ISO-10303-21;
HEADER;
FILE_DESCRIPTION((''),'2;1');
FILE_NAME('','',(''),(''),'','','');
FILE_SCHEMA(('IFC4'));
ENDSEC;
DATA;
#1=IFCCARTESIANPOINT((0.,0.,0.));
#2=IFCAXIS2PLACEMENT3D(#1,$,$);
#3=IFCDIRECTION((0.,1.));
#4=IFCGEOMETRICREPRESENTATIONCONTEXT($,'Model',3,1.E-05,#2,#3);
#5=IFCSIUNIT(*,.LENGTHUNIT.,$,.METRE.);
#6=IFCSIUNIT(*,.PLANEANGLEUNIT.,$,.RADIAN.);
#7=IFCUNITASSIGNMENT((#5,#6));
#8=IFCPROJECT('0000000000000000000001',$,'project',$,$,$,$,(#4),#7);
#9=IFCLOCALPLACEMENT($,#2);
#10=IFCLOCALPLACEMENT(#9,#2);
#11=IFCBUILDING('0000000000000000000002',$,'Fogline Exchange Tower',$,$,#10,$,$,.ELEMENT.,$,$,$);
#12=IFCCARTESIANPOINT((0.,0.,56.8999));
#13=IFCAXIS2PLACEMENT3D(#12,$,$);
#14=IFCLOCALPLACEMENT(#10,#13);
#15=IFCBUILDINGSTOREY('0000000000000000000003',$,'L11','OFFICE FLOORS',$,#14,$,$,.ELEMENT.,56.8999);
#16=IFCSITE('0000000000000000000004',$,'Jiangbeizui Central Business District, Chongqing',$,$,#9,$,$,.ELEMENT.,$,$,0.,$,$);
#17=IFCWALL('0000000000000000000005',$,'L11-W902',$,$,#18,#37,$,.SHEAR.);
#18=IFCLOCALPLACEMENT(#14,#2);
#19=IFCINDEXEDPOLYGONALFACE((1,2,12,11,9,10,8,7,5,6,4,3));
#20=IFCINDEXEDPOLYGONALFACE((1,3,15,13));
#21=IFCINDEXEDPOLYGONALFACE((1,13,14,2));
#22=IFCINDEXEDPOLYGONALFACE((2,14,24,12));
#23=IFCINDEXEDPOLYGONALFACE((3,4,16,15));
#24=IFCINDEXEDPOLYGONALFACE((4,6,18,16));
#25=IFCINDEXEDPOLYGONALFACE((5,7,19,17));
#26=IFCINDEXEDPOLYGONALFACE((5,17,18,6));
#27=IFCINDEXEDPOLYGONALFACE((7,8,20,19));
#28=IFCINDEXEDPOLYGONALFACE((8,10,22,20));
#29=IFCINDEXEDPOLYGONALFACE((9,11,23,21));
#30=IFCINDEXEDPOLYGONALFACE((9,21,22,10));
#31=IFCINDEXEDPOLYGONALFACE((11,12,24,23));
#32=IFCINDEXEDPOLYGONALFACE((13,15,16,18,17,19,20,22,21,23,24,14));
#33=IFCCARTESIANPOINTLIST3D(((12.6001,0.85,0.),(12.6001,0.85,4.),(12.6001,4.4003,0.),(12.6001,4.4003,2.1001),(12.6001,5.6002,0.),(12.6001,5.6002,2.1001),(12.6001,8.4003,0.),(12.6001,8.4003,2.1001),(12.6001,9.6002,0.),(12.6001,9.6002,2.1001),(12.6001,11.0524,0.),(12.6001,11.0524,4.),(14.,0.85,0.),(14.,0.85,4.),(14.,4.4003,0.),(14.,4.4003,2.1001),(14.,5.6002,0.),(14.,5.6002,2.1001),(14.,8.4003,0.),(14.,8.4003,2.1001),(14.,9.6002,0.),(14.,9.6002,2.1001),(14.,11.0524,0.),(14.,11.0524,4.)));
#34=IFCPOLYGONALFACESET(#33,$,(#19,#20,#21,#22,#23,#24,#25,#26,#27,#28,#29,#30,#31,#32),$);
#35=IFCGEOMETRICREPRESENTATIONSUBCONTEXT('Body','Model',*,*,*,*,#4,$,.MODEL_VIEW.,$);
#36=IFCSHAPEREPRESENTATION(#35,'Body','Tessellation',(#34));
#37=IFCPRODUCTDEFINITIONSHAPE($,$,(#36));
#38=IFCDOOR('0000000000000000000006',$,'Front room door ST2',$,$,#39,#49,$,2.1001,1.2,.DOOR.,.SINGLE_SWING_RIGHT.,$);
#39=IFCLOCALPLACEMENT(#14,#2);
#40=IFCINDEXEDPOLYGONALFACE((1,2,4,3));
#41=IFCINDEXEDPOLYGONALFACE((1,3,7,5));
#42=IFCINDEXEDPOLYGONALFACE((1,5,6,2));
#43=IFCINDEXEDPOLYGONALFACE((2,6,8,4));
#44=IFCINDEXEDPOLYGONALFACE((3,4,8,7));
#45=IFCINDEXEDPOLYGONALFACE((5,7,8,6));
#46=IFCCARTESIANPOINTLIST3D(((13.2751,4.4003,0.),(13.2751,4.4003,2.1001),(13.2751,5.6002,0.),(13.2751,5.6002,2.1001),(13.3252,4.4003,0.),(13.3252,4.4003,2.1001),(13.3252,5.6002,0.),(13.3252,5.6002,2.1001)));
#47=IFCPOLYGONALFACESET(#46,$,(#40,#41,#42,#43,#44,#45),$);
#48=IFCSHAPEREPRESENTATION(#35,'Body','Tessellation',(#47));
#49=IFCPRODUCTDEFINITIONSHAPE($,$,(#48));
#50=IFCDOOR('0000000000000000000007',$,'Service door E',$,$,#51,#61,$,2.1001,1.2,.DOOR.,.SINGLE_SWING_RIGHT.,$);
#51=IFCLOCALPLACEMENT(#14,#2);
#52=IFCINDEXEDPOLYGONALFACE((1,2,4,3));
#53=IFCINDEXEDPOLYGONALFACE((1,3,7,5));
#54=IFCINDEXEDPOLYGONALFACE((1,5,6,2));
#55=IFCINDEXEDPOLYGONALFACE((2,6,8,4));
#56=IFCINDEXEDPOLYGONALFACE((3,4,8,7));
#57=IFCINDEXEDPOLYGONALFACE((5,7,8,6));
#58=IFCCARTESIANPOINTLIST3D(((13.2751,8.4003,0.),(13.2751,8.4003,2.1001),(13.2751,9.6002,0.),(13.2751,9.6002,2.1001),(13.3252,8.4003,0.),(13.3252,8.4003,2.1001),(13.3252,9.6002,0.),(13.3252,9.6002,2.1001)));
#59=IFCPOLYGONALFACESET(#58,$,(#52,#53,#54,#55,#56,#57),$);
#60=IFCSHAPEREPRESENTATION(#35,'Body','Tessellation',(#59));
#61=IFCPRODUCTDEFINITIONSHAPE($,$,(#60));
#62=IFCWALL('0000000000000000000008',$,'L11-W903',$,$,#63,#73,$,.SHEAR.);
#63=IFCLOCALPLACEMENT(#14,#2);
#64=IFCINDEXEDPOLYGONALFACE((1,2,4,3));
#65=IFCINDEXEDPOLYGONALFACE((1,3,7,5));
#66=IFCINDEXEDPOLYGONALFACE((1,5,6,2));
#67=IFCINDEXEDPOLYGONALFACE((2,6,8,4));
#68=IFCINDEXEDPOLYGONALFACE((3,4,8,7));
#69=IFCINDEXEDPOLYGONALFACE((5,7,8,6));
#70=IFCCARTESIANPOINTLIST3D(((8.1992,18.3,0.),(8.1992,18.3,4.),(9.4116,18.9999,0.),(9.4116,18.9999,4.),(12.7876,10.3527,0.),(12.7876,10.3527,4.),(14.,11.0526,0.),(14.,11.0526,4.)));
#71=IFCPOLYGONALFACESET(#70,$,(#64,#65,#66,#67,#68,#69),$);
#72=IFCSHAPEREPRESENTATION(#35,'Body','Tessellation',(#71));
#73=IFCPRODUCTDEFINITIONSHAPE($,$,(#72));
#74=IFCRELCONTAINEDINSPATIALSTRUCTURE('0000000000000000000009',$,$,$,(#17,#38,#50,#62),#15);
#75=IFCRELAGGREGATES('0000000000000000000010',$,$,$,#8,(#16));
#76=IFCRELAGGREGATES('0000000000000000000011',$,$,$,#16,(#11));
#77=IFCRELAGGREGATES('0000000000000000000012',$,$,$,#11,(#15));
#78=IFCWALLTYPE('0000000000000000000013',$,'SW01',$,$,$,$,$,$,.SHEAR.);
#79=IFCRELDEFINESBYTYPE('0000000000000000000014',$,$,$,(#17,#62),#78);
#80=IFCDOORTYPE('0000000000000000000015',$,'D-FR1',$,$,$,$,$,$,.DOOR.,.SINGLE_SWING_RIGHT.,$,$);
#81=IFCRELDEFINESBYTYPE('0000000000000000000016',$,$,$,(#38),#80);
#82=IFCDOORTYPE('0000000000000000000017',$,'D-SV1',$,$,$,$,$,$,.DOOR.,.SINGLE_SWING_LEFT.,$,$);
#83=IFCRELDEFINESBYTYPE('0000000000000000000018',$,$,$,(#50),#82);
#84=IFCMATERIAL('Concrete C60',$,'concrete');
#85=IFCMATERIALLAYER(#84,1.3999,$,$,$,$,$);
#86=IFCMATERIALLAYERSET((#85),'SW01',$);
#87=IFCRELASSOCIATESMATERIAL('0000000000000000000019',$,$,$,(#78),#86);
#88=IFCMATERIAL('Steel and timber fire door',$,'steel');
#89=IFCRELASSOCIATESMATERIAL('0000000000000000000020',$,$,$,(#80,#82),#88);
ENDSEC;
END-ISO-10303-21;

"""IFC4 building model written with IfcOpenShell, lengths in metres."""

from ifc_helpers import new_model, si_unit, direction, frame, frame_2d, origin, place, context, subcontext, project, spatial, rectangle, extrude, material, layer, layer_set, type_object, element, fill, save


model = new_model("IFC4")

# Units and contexts
model_context = context("Model", 3, precision=1e-05, world=origin(), true_north=direction((0.0, 1.0)))
body_context = subcontext(model_context, "Body", "Model", "MODEL_VIEW")
ifc_project = project(units=[si_unit("LENGTHUNIT", "METRE"), si_unit("PLANEANGLEUNIT", "RADIAN")], contexts=[model_context])

# Site, building, storey
site_placement = place(None, origin())
site = spatial("IfcSite", under=ifc_project, at=site_placement, Name="Jiangbeizui Central Business District, Chongqing", CompositionType="ELEMENT", RefElevation=0.0)
building_placement = place(site_placement, origin())
building = spatial("IfcBuilding", under=site, at=building_placement, Name="Fogline Exchange Tower", CompositionType="ELEMENT")
storey_placement = place(building_placement, frame((0.0, 0.0, 56.8999)))
storey = spatial("IfcBuildingStorey", under=building, at=storey_placement, Name="L11", Description="OFFICE FLOORS", CompositionType="ELEMENT", Elevation=56.8999)

# Shared definitions
ifc_material_1 = material(Name="Steel and timber fire door", Category="steel")

# Wall, openings, doors
ifc_material_2 = material(Name="Concrete C60", Category="concrete")
ifc_layer_1 = layer(ifc_material_2, 1.3999)
ifc_layer_set_1 = layer_set([ifc_layer_1], Name="SW01")
wall_type_1 = type_object("IfcWallType", Name="SW01", PredefinedType="SHEAR", material=ifc_layer_set_1)
wall_1_placement = place(storey_placement, frame((13.3, 0.8501, 0.0), z_axis=(0.0, 0.0, 1.0), x_axis=(0.0, 1.0, 0.0)))
wall_1 = element("IfcWall", 1, at=wall_1_placement, inside=storey, type_object=wall_type_1, Name="L11-W902", PredefinedType="SHEAR", context=body_context, shape_type="SweptSolid", body=[
    extrude(rectangle(XDim=10.2024, YDim=1.3999, at=frame_2d((5.1011, 0.0))), origin(), (0.0, 0.0, 1.0), 4.0),
])
opening_1_placement = place(wall_1_placement, frame((3.55, 0.0, 0.0)))
opening_1 = element("IfcOpeningElement", 2, at=opening_1_placement, cuts=wall_1, PredefinedType="OPENING", context=body_context, shape_type="SweptSolid", body=[
    extrude(rectangle(XDim=1.2, YDim=2.1001, at=frame_2d((0.6001, 1.05))), frame((0.0, 0.71, 0.0), z_axis=(0.0, -1.0, 0.0), x_axis=(1.0, 0.0, 0.0)), (0.0, 0.0, 1.0), 1.4199),
])
opening_2_placement = place(wall_1_placement, frame((7.55, 0.0, 0.0)))
opening_2 = element("IfcOpeningElement", 3, at=opening_2_placement, cuts=wall_1, PredefinedType="OPENING", context=body_context, shape_type="SweptSolid", body=[
    extrude(rectangle(XDim=1.2, YDim=2.1001, at=frame_2d((0.6001, 1.05))), frame((0.0, 0.71, 0.0), z_axis=(0.0, -1.0, 0.0), x_axis=(1.0, 0.0, 0.0)), (0.0, 0.0, 1.0), 1.4199),
])
door_type_1 = type_object("IfcDoorType", Name="D-FR1", OperationType="SINGLE_SWING_RIGHT", PredefinedType="DOOR", material=ifc_material_1)
door_1_placement = place(opening_1_placement, origin())
door_1 = element("IfcDoor", 4, at=door_1_placement, inside=storey, type_object=door_type_1, Name="Front room door ST2", OperationType="SINGLE_SWING_RIGHT", OverallHeight=2.1001, OverallWidth=1.2, PredefinedType="DOOR", context=body_context, shape_type="SweptSolid", body=[
    extrude(rectangle(XDim=1.2, YDim=2.1001, at=frame_2d((0.6001, 1.05))), frame((0.0, 0.0249, 0.0), z_axis=(0.0, -1.0, 0.0), x_axis=(1.0, 0.0, 0.0)), (0.0, 0.0, 1.0), 0.05),
])
fill(opening_1, door_1)
door_type_2 = type_object("IfcDoorType", Name="D-SV1", OperationType="SINGLE_SWING_LEFT", PredefinedType="DOOR", material=ifc_material_1)
door_2_placement = place(opening_2_placement, origin())
door_2 = element("IfcDoor", 5, at=door_2_placement, inside=storey, type_object=door_type_2, Name="Service door E", OperationType="SINGLE_SWING_RIGHT", OverallHeight=2.1001, OverallWidth=1.2, PredefinedType="DOOR", context=body_context, shape_type="SweptSolid", body=[
    extrude(rectangle(XDim=1.2, YDim=2.1001, at=frame_2d((0.6001, 1.05))), frame((0.0, 0.0249, 0.0), z_axis=(0.0, -1.0, 0.0), x_axis=(1.0, 0.0, 0.0)), (0.0, 0.0, 1.0), 0.05),
])
fill(opening_2, door_2)

# Wall
wall_2_placement = place(storey_placement, frame((13.3938, 10.7026, 0.0), z_axis=(0.0, 0.0, 1.0), x_axis=(-0.500002, 0.866024, 0.0)))
element("IfcWall", 6, at=wall_2_placement, inside=storey, type_object=wall_type_1, Name="L11-W903", PredefinedType="SHEAR", context=body_context, shape_type="SweptSolid", body=[
    extrude(rectangle(XDim=9.1768, YDim=1.3999, at=frame_2d((4.5884, 0.0))), origin(), (0.0, 0.0, 1.0), 4.0),
])

save(model, "model.ifc")
